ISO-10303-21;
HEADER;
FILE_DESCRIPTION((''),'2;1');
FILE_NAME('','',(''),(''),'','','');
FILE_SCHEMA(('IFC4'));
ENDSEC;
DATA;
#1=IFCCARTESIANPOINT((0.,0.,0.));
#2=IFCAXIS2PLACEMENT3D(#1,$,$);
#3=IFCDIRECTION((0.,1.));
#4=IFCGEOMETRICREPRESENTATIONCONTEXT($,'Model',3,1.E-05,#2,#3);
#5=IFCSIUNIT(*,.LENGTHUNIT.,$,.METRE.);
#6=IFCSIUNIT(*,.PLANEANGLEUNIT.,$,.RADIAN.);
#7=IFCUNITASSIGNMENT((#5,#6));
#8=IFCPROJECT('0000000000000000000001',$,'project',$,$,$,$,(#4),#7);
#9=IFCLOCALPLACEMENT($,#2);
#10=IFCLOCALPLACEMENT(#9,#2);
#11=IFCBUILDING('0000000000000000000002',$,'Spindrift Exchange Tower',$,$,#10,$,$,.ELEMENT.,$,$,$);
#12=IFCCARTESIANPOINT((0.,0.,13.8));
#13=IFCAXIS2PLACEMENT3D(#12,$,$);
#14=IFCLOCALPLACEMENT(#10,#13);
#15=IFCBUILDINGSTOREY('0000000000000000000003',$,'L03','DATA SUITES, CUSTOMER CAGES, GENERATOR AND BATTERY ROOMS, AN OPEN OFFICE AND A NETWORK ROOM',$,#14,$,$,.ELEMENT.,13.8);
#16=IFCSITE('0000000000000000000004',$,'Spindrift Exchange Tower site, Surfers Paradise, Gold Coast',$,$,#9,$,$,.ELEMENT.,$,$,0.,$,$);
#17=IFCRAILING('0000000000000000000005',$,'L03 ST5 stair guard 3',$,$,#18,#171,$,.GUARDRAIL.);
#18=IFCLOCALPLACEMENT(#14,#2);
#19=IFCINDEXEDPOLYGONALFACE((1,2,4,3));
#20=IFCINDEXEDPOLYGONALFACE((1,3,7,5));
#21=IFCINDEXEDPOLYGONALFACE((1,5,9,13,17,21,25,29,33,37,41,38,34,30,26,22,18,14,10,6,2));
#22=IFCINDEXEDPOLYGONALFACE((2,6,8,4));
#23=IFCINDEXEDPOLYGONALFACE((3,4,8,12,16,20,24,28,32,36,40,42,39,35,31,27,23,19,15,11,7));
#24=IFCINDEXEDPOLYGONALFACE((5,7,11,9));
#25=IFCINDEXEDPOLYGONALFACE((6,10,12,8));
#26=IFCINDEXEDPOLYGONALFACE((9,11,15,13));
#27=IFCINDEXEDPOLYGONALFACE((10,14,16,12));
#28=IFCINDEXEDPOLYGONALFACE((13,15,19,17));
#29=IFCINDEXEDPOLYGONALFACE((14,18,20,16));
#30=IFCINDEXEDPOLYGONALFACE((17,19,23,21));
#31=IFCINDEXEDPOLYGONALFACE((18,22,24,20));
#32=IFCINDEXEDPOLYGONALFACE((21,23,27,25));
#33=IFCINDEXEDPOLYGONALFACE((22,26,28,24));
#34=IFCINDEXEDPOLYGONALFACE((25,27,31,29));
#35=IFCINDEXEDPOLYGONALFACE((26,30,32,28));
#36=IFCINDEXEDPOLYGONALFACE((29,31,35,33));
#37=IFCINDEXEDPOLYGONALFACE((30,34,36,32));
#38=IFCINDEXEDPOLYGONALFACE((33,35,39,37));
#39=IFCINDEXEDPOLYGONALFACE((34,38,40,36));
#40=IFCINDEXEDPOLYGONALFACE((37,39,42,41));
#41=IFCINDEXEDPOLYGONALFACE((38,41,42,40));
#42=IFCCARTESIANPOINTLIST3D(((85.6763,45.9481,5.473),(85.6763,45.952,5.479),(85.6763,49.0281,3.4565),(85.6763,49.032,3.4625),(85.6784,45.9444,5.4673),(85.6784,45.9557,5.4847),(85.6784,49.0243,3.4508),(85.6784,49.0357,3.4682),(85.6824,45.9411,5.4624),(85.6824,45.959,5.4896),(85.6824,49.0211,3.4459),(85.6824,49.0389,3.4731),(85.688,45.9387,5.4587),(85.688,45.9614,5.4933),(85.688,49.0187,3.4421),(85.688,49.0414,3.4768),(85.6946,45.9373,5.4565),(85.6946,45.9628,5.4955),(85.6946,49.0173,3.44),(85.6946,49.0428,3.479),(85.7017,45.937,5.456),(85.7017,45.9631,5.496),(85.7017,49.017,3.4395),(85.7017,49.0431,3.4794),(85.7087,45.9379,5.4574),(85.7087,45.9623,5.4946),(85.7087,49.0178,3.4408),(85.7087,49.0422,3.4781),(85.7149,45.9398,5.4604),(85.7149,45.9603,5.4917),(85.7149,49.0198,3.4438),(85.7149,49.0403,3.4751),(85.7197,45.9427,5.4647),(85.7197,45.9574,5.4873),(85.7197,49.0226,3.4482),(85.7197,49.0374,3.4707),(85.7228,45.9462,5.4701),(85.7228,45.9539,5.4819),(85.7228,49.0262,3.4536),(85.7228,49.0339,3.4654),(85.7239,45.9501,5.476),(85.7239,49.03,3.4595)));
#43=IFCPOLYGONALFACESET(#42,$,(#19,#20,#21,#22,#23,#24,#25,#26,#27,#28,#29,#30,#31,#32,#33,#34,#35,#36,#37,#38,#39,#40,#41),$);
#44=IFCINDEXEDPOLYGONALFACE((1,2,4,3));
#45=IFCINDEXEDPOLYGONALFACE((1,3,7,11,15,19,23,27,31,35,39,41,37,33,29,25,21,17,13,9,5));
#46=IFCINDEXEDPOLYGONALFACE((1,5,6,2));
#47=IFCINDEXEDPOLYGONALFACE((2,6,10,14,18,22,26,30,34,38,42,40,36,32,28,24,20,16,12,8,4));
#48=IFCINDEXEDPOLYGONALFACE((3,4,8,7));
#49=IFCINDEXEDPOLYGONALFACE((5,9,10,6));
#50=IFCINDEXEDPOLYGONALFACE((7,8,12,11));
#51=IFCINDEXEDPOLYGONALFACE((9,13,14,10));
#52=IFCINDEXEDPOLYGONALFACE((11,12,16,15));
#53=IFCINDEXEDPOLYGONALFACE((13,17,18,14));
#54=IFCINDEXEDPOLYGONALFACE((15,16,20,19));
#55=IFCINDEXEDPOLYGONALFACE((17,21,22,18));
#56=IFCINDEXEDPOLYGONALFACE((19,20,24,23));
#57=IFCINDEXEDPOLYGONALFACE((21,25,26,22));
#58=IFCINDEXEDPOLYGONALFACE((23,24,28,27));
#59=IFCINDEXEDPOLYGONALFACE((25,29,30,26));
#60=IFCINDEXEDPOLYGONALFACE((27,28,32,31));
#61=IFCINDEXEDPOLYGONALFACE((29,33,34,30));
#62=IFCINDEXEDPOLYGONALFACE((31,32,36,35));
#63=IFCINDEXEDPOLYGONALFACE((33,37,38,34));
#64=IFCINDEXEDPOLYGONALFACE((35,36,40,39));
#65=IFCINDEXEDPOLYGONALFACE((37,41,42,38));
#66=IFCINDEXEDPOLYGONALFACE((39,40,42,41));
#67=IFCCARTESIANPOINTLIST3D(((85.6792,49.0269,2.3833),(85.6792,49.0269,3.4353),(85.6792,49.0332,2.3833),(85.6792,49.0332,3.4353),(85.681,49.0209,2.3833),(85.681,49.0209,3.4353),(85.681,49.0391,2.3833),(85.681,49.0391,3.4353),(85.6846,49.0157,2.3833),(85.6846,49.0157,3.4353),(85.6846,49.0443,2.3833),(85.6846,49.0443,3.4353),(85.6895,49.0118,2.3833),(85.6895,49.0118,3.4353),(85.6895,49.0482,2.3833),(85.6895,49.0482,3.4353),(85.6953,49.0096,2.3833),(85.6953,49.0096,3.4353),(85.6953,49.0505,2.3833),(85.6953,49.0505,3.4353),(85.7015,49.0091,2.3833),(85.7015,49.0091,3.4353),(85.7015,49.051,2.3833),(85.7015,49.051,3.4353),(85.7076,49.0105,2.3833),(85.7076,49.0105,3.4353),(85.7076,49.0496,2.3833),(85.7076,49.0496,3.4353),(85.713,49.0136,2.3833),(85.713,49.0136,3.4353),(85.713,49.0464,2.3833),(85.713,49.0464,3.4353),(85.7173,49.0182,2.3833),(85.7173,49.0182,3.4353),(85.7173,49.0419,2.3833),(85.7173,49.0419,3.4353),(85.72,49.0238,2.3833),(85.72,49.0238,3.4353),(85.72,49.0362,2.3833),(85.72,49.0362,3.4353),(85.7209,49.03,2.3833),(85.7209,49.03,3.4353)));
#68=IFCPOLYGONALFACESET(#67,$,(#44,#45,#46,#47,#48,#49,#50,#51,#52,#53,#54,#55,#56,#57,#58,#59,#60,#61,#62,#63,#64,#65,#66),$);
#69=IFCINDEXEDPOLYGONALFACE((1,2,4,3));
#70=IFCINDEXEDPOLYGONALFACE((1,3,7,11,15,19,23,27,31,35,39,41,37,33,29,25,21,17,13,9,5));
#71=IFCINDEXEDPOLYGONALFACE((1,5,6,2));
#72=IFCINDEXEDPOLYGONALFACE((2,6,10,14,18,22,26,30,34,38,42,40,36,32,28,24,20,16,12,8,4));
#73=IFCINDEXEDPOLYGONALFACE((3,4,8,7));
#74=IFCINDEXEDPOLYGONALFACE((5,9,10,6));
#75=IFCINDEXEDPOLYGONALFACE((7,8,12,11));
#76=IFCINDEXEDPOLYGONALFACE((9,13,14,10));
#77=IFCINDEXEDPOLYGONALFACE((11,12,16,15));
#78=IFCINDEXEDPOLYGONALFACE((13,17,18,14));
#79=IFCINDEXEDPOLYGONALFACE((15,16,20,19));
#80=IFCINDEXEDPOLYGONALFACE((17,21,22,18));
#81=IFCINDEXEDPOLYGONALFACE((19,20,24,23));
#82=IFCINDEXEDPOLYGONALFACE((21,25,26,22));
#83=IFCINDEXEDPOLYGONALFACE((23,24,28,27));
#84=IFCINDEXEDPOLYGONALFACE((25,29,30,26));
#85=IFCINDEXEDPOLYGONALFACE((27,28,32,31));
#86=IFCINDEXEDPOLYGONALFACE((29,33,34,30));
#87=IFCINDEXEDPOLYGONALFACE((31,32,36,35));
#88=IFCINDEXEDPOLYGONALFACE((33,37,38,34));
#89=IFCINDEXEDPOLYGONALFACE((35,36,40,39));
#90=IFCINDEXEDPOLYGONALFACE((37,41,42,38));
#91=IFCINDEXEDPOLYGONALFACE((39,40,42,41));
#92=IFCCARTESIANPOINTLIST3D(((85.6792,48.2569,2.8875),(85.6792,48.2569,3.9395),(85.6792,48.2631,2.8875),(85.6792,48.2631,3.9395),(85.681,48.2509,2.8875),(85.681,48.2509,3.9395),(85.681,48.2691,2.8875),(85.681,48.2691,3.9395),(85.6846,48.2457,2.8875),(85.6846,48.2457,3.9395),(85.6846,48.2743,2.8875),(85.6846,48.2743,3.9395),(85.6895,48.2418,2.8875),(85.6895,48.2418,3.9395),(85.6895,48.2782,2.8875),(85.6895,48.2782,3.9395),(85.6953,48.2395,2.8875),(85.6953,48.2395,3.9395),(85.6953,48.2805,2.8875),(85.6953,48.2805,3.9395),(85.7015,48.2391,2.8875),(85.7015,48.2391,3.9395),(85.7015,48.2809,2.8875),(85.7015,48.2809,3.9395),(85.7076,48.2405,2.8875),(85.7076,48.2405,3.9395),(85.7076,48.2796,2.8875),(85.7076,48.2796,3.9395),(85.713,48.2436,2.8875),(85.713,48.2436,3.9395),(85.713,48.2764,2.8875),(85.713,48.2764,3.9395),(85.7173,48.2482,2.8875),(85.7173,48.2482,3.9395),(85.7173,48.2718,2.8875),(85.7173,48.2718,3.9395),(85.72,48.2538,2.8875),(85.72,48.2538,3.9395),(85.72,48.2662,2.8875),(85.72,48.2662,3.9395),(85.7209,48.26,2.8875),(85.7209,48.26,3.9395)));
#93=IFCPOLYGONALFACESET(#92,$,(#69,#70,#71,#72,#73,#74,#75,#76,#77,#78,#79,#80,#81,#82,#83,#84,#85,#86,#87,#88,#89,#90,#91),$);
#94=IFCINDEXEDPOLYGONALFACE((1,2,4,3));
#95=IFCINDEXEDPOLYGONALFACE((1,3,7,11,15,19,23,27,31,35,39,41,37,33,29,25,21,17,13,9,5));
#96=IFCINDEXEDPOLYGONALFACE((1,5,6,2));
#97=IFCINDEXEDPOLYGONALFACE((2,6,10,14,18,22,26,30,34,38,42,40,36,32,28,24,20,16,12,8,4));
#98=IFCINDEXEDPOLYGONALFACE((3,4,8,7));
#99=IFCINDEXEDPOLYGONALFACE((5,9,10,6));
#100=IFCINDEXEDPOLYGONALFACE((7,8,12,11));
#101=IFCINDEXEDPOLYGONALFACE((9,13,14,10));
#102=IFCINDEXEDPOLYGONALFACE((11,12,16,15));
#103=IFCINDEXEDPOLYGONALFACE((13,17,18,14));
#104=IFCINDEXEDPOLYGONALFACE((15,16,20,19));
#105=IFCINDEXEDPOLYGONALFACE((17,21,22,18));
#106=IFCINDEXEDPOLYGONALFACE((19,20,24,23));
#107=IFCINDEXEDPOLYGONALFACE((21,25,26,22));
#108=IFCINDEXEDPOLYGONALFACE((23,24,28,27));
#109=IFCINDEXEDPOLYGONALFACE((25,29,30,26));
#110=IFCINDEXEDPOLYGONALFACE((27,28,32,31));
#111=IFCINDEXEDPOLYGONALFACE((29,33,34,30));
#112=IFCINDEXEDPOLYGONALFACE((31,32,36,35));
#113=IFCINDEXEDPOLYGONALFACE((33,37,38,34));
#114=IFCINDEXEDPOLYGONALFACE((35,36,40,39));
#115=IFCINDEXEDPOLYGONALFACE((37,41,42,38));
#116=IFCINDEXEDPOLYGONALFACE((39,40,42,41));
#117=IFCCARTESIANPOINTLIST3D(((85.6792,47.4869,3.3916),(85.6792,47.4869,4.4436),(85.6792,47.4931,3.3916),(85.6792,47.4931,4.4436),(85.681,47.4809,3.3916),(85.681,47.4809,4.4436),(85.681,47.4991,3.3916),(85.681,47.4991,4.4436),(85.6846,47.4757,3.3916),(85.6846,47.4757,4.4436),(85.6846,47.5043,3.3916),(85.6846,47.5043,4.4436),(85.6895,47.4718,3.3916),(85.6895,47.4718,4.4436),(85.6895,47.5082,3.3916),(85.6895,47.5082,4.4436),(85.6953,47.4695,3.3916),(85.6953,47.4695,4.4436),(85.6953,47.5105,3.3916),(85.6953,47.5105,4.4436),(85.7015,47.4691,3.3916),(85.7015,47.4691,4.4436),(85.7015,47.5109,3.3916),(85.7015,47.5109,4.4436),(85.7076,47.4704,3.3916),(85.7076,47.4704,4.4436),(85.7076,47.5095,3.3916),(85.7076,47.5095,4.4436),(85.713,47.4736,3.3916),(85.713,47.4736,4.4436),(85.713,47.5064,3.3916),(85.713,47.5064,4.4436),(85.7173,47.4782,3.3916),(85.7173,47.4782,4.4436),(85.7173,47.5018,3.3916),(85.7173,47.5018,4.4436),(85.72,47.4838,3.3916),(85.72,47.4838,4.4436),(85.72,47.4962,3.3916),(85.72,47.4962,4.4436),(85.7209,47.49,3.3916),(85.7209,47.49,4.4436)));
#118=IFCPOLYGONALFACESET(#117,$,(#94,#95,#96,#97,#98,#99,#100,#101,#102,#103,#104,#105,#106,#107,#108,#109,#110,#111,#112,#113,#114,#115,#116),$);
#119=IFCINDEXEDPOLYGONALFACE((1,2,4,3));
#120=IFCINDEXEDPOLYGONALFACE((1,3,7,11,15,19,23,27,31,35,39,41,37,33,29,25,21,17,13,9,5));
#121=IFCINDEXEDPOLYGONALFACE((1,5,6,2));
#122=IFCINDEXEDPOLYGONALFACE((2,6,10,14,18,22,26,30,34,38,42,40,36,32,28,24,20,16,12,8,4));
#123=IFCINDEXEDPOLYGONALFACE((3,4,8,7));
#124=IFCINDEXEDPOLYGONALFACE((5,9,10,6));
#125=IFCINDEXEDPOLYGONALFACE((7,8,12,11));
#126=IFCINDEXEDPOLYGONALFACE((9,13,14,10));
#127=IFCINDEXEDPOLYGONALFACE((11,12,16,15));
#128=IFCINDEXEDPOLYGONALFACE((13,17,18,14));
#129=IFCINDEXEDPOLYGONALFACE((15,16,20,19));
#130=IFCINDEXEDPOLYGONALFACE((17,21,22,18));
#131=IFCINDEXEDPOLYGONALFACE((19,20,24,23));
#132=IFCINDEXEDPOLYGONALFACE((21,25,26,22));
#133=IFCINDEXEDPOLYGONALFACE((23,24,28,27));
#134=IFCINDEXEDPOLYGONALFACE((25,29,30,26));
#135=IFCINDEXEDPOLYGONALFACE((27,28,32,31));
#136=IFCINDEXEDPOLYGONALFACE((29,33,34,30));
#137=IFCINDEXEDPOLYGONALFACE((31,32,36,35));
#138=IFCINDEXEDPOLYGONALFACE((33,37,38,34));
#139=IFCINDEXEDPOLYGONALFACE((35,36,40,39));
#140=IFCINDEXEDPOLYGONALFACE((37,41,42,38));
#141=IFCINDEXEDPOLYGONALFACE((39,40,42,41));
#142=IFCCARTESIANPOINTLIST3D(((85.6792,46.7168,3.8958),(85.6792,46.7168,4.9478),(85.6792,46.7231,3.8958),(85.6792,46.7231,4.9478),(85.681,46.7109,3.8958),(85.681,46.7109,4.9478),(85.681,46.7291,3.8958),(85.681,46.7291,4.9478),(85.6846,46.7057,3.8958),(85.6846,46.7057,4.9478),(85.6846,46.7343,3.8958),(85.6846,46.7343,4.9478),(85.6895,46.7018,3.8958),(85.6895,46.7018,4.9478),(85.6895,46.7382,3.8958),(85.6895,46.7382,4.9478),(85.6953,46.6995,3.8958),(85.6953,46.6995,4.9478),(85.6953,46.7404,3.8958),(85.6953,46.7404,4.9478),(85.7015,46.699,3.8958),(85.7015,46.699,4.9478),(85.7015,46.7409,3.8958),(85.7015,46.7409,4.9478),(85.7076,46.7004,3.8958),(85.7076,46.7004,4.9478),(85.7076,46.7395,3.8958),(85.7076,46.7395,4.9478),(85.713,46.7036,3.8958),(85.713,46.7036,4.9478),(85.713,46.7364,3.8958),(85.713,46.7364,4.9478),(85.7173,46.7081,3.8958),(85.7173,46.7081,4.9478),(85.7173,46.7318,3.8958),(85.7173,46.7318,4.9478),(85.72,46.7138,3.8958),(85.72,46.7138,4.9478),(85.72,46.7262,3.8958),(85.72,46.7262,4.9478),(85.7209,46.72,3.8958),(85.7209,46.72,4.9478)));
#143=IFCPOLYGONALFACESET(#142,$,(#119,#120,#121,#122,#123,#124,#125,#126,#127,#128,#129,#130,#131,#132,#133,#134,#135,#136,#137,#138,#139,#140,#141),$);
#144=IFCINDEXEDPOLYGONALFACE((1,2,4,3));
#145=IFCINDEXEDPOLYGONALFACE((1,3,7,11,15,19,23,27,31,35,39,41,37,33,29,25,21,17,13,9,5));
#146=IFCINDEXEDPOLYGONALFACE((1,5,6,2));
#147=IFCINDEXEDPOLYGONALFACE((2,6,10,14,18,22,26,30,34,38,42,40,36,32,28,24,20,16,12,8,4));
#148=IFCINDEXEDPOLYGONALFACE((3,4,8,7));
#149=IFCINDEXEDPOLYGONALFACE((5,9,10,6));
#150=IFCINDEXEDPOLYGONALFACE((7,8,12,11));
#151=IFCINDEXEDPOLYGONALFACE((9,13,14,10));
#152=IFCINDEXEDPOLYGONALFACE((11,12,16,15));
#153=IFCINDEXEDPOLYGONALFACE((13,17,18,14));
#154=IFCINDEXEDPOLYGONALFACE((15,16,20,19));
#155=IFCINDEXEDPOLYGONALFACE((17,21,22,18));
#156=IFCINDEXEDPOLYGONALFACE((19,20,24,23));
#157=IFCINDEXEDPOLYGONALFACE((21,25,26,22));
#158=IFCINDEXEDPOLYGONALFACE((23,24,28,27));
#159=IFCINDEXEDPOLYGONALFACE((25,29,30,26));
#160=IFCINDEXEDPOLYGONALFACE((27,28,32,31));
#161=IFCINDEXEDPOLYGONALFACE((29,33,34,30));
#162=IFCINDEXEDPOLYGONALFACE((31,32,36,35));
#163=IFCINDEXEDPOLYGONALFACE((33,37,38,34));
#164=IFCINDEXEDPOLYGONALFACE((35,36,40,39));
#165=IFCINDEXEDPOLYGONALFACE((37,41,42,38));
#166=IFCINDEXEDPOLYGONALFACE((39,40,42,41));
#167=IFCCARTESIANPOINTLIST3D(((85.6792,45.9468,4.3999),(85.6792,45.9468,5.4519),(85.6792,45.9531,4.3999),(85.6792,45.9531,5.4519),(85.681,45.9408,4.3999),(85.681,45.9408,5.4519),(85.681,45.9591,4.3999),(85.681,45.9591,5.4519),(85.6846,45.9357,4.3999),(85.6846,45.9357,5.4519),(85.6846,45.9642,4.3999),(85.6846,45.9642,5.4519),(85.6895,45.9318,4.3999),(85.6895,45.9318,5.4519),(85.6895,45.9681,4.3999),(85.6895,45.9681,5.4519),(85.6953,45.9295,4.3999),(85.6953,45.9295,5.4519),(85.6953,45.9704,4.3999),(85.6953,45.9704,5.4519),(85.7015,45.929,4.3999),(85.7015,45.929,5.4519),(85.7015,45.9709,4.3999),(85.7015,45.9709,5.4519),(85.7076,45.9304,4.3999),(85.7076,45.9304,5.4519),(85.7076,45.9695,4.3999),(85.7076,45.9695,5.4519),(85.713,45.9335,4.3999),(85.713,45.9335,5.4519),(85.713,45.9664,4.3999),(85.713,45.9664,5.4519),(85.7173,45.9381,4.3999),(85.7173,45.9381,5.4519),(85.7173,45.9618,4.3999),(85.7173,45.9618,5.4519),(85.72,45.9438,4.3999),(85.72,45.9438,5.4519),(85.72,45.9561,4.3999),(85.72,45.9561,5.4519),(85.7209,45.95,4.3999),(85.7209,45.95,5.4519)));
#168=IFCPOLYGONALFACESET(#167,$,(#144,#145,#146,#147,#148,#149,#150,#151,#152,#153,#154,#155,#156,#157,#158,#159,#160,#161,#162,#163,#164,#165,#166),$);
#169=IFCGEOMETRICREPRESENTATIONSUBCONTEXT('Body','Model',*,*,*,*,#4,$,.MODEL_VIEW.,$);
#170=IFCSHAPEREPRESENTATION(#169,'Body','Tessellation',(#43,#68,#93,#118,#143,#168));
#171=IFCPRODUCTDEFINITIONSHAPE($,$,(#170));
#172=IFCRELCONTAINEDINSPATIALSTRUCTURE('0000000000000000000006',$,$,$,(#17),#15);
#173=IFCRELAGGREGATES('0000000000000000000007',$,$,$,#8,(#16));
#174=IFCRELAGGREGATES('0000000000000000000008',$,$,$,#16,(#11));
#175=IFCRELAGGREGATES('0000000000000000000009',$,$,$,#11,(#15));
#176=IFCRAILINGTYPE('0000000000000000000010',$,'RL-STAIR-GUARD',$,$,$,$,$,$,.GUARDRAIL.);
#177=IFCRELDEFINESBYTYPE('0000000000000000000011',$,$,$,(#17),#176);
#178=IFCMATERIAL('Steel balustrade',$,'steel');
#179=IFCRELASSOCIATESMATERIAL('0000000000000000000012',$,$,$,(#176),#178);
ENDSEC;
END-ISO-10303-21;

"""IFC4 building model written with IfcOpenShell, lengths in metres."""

from ifc_helpers import new_model, si_unit, direction, frame, origin, origin_2d, place, context, subcontext, project, spatial, circle, extrude, material, type_object, element, save


model = new_model("IFC4")

# Units and contexts
model_context = context("Model", 3, precision=1e-05, world=origin(), true_north=direction((0.0, 1.0)))
body_context = subcontext(model_context, "Body", "Model", "MODEL_VIEW")
ifc_project = project(units=[si_unit("LENGTHUNIT", "METRE"), si_unit("PLANEANGLEUNIT", "RADIAN")], contexts=[model_context])

# Site, building, storey
site_placement = place(None, origin())
site = spatial("IfcSite", under=ifc_project, at=site_placement, Name="Spindrift Exchange Tower site, Surfers Paradise, Gold Coast", CompositionType="ELEMENT", RefElevation=0.0)
building_placement = place(site_placement, origin())
building = spatial("IfcBuilding", under=site, at=building_placement, Name="Spindrift Exchange Tower", CompositionType="ELEMENT")
storey_placement = place(building_placement, frame((0.0, 0.0, 13.8)))
storey = spatial("IfcBuildingStorey", under=building, at=storey_placement, Name="L03", Description="DATA SUITES, CUSTOMER CAGES, GENERATOR AND BATTERY ROOMS, AN OPEN OFFICE AND A NETWORK ROOM", CompositionType="ELEMENT", Elevation=13.8)

# Railing
ifc_material_1 = material(Name="Steel balustrade", Category="steel")
railing_type_1 = type_object("IfcRailingType", Name="RL-STAIR-GUARD", PredefinedType="GUARDRAIL", material=ifc_material_1)
railing_1_placement = place(storey_placement, frame((85.7, 49.03, 2.3833)))
element("IfcRailing", 1, at=railing_1_placement, inside=storey, type_object=railing_type_1, Name="L03 ST5 stair guard 3", PredefinedType="GUARDRAIL", context=body_context, shape_type="SweptSolid", body=[
    extrude(circle(Radius=0.0239, at=origin_2d()), frame((0.0, 0.0, 1.0762), z_axis=(0.0, -0.836633, 0.547764), x_axis=(1.0, 0.0, 0.0)), (0.0, 0.0, 1.0), 3.6814),
    extrude(circle(Radius=0.021, at=origin_2d()), origin(), (0.0, 0.0, 1.0), 1.052),
    extrude(circle(Radius=0.021, at=origin_2d()), frame((0.0, -0.77, 0.5042)), (0.0, 0.0, 1.0), 1.052),
    extrude(circle(Radius=0.021, at=origin_2d()), frame((0.0, -1.54, 1.0083)), (0.0, 0.0, 1.0), 1.052),
    extrude(circle(Radius=0.021, at=origin_2d()), frame((0.0, -2.3101, 1.5125)), (0.0, 0.0, 1.0), 1.052),
    extrude(circle(Radius=0.021, at=origin_2d()), frame((0.0, -3.0801, 2.0166)), (0.0, 0.0, 1.0), 1.052),
])

save(model, "model.ifc")
